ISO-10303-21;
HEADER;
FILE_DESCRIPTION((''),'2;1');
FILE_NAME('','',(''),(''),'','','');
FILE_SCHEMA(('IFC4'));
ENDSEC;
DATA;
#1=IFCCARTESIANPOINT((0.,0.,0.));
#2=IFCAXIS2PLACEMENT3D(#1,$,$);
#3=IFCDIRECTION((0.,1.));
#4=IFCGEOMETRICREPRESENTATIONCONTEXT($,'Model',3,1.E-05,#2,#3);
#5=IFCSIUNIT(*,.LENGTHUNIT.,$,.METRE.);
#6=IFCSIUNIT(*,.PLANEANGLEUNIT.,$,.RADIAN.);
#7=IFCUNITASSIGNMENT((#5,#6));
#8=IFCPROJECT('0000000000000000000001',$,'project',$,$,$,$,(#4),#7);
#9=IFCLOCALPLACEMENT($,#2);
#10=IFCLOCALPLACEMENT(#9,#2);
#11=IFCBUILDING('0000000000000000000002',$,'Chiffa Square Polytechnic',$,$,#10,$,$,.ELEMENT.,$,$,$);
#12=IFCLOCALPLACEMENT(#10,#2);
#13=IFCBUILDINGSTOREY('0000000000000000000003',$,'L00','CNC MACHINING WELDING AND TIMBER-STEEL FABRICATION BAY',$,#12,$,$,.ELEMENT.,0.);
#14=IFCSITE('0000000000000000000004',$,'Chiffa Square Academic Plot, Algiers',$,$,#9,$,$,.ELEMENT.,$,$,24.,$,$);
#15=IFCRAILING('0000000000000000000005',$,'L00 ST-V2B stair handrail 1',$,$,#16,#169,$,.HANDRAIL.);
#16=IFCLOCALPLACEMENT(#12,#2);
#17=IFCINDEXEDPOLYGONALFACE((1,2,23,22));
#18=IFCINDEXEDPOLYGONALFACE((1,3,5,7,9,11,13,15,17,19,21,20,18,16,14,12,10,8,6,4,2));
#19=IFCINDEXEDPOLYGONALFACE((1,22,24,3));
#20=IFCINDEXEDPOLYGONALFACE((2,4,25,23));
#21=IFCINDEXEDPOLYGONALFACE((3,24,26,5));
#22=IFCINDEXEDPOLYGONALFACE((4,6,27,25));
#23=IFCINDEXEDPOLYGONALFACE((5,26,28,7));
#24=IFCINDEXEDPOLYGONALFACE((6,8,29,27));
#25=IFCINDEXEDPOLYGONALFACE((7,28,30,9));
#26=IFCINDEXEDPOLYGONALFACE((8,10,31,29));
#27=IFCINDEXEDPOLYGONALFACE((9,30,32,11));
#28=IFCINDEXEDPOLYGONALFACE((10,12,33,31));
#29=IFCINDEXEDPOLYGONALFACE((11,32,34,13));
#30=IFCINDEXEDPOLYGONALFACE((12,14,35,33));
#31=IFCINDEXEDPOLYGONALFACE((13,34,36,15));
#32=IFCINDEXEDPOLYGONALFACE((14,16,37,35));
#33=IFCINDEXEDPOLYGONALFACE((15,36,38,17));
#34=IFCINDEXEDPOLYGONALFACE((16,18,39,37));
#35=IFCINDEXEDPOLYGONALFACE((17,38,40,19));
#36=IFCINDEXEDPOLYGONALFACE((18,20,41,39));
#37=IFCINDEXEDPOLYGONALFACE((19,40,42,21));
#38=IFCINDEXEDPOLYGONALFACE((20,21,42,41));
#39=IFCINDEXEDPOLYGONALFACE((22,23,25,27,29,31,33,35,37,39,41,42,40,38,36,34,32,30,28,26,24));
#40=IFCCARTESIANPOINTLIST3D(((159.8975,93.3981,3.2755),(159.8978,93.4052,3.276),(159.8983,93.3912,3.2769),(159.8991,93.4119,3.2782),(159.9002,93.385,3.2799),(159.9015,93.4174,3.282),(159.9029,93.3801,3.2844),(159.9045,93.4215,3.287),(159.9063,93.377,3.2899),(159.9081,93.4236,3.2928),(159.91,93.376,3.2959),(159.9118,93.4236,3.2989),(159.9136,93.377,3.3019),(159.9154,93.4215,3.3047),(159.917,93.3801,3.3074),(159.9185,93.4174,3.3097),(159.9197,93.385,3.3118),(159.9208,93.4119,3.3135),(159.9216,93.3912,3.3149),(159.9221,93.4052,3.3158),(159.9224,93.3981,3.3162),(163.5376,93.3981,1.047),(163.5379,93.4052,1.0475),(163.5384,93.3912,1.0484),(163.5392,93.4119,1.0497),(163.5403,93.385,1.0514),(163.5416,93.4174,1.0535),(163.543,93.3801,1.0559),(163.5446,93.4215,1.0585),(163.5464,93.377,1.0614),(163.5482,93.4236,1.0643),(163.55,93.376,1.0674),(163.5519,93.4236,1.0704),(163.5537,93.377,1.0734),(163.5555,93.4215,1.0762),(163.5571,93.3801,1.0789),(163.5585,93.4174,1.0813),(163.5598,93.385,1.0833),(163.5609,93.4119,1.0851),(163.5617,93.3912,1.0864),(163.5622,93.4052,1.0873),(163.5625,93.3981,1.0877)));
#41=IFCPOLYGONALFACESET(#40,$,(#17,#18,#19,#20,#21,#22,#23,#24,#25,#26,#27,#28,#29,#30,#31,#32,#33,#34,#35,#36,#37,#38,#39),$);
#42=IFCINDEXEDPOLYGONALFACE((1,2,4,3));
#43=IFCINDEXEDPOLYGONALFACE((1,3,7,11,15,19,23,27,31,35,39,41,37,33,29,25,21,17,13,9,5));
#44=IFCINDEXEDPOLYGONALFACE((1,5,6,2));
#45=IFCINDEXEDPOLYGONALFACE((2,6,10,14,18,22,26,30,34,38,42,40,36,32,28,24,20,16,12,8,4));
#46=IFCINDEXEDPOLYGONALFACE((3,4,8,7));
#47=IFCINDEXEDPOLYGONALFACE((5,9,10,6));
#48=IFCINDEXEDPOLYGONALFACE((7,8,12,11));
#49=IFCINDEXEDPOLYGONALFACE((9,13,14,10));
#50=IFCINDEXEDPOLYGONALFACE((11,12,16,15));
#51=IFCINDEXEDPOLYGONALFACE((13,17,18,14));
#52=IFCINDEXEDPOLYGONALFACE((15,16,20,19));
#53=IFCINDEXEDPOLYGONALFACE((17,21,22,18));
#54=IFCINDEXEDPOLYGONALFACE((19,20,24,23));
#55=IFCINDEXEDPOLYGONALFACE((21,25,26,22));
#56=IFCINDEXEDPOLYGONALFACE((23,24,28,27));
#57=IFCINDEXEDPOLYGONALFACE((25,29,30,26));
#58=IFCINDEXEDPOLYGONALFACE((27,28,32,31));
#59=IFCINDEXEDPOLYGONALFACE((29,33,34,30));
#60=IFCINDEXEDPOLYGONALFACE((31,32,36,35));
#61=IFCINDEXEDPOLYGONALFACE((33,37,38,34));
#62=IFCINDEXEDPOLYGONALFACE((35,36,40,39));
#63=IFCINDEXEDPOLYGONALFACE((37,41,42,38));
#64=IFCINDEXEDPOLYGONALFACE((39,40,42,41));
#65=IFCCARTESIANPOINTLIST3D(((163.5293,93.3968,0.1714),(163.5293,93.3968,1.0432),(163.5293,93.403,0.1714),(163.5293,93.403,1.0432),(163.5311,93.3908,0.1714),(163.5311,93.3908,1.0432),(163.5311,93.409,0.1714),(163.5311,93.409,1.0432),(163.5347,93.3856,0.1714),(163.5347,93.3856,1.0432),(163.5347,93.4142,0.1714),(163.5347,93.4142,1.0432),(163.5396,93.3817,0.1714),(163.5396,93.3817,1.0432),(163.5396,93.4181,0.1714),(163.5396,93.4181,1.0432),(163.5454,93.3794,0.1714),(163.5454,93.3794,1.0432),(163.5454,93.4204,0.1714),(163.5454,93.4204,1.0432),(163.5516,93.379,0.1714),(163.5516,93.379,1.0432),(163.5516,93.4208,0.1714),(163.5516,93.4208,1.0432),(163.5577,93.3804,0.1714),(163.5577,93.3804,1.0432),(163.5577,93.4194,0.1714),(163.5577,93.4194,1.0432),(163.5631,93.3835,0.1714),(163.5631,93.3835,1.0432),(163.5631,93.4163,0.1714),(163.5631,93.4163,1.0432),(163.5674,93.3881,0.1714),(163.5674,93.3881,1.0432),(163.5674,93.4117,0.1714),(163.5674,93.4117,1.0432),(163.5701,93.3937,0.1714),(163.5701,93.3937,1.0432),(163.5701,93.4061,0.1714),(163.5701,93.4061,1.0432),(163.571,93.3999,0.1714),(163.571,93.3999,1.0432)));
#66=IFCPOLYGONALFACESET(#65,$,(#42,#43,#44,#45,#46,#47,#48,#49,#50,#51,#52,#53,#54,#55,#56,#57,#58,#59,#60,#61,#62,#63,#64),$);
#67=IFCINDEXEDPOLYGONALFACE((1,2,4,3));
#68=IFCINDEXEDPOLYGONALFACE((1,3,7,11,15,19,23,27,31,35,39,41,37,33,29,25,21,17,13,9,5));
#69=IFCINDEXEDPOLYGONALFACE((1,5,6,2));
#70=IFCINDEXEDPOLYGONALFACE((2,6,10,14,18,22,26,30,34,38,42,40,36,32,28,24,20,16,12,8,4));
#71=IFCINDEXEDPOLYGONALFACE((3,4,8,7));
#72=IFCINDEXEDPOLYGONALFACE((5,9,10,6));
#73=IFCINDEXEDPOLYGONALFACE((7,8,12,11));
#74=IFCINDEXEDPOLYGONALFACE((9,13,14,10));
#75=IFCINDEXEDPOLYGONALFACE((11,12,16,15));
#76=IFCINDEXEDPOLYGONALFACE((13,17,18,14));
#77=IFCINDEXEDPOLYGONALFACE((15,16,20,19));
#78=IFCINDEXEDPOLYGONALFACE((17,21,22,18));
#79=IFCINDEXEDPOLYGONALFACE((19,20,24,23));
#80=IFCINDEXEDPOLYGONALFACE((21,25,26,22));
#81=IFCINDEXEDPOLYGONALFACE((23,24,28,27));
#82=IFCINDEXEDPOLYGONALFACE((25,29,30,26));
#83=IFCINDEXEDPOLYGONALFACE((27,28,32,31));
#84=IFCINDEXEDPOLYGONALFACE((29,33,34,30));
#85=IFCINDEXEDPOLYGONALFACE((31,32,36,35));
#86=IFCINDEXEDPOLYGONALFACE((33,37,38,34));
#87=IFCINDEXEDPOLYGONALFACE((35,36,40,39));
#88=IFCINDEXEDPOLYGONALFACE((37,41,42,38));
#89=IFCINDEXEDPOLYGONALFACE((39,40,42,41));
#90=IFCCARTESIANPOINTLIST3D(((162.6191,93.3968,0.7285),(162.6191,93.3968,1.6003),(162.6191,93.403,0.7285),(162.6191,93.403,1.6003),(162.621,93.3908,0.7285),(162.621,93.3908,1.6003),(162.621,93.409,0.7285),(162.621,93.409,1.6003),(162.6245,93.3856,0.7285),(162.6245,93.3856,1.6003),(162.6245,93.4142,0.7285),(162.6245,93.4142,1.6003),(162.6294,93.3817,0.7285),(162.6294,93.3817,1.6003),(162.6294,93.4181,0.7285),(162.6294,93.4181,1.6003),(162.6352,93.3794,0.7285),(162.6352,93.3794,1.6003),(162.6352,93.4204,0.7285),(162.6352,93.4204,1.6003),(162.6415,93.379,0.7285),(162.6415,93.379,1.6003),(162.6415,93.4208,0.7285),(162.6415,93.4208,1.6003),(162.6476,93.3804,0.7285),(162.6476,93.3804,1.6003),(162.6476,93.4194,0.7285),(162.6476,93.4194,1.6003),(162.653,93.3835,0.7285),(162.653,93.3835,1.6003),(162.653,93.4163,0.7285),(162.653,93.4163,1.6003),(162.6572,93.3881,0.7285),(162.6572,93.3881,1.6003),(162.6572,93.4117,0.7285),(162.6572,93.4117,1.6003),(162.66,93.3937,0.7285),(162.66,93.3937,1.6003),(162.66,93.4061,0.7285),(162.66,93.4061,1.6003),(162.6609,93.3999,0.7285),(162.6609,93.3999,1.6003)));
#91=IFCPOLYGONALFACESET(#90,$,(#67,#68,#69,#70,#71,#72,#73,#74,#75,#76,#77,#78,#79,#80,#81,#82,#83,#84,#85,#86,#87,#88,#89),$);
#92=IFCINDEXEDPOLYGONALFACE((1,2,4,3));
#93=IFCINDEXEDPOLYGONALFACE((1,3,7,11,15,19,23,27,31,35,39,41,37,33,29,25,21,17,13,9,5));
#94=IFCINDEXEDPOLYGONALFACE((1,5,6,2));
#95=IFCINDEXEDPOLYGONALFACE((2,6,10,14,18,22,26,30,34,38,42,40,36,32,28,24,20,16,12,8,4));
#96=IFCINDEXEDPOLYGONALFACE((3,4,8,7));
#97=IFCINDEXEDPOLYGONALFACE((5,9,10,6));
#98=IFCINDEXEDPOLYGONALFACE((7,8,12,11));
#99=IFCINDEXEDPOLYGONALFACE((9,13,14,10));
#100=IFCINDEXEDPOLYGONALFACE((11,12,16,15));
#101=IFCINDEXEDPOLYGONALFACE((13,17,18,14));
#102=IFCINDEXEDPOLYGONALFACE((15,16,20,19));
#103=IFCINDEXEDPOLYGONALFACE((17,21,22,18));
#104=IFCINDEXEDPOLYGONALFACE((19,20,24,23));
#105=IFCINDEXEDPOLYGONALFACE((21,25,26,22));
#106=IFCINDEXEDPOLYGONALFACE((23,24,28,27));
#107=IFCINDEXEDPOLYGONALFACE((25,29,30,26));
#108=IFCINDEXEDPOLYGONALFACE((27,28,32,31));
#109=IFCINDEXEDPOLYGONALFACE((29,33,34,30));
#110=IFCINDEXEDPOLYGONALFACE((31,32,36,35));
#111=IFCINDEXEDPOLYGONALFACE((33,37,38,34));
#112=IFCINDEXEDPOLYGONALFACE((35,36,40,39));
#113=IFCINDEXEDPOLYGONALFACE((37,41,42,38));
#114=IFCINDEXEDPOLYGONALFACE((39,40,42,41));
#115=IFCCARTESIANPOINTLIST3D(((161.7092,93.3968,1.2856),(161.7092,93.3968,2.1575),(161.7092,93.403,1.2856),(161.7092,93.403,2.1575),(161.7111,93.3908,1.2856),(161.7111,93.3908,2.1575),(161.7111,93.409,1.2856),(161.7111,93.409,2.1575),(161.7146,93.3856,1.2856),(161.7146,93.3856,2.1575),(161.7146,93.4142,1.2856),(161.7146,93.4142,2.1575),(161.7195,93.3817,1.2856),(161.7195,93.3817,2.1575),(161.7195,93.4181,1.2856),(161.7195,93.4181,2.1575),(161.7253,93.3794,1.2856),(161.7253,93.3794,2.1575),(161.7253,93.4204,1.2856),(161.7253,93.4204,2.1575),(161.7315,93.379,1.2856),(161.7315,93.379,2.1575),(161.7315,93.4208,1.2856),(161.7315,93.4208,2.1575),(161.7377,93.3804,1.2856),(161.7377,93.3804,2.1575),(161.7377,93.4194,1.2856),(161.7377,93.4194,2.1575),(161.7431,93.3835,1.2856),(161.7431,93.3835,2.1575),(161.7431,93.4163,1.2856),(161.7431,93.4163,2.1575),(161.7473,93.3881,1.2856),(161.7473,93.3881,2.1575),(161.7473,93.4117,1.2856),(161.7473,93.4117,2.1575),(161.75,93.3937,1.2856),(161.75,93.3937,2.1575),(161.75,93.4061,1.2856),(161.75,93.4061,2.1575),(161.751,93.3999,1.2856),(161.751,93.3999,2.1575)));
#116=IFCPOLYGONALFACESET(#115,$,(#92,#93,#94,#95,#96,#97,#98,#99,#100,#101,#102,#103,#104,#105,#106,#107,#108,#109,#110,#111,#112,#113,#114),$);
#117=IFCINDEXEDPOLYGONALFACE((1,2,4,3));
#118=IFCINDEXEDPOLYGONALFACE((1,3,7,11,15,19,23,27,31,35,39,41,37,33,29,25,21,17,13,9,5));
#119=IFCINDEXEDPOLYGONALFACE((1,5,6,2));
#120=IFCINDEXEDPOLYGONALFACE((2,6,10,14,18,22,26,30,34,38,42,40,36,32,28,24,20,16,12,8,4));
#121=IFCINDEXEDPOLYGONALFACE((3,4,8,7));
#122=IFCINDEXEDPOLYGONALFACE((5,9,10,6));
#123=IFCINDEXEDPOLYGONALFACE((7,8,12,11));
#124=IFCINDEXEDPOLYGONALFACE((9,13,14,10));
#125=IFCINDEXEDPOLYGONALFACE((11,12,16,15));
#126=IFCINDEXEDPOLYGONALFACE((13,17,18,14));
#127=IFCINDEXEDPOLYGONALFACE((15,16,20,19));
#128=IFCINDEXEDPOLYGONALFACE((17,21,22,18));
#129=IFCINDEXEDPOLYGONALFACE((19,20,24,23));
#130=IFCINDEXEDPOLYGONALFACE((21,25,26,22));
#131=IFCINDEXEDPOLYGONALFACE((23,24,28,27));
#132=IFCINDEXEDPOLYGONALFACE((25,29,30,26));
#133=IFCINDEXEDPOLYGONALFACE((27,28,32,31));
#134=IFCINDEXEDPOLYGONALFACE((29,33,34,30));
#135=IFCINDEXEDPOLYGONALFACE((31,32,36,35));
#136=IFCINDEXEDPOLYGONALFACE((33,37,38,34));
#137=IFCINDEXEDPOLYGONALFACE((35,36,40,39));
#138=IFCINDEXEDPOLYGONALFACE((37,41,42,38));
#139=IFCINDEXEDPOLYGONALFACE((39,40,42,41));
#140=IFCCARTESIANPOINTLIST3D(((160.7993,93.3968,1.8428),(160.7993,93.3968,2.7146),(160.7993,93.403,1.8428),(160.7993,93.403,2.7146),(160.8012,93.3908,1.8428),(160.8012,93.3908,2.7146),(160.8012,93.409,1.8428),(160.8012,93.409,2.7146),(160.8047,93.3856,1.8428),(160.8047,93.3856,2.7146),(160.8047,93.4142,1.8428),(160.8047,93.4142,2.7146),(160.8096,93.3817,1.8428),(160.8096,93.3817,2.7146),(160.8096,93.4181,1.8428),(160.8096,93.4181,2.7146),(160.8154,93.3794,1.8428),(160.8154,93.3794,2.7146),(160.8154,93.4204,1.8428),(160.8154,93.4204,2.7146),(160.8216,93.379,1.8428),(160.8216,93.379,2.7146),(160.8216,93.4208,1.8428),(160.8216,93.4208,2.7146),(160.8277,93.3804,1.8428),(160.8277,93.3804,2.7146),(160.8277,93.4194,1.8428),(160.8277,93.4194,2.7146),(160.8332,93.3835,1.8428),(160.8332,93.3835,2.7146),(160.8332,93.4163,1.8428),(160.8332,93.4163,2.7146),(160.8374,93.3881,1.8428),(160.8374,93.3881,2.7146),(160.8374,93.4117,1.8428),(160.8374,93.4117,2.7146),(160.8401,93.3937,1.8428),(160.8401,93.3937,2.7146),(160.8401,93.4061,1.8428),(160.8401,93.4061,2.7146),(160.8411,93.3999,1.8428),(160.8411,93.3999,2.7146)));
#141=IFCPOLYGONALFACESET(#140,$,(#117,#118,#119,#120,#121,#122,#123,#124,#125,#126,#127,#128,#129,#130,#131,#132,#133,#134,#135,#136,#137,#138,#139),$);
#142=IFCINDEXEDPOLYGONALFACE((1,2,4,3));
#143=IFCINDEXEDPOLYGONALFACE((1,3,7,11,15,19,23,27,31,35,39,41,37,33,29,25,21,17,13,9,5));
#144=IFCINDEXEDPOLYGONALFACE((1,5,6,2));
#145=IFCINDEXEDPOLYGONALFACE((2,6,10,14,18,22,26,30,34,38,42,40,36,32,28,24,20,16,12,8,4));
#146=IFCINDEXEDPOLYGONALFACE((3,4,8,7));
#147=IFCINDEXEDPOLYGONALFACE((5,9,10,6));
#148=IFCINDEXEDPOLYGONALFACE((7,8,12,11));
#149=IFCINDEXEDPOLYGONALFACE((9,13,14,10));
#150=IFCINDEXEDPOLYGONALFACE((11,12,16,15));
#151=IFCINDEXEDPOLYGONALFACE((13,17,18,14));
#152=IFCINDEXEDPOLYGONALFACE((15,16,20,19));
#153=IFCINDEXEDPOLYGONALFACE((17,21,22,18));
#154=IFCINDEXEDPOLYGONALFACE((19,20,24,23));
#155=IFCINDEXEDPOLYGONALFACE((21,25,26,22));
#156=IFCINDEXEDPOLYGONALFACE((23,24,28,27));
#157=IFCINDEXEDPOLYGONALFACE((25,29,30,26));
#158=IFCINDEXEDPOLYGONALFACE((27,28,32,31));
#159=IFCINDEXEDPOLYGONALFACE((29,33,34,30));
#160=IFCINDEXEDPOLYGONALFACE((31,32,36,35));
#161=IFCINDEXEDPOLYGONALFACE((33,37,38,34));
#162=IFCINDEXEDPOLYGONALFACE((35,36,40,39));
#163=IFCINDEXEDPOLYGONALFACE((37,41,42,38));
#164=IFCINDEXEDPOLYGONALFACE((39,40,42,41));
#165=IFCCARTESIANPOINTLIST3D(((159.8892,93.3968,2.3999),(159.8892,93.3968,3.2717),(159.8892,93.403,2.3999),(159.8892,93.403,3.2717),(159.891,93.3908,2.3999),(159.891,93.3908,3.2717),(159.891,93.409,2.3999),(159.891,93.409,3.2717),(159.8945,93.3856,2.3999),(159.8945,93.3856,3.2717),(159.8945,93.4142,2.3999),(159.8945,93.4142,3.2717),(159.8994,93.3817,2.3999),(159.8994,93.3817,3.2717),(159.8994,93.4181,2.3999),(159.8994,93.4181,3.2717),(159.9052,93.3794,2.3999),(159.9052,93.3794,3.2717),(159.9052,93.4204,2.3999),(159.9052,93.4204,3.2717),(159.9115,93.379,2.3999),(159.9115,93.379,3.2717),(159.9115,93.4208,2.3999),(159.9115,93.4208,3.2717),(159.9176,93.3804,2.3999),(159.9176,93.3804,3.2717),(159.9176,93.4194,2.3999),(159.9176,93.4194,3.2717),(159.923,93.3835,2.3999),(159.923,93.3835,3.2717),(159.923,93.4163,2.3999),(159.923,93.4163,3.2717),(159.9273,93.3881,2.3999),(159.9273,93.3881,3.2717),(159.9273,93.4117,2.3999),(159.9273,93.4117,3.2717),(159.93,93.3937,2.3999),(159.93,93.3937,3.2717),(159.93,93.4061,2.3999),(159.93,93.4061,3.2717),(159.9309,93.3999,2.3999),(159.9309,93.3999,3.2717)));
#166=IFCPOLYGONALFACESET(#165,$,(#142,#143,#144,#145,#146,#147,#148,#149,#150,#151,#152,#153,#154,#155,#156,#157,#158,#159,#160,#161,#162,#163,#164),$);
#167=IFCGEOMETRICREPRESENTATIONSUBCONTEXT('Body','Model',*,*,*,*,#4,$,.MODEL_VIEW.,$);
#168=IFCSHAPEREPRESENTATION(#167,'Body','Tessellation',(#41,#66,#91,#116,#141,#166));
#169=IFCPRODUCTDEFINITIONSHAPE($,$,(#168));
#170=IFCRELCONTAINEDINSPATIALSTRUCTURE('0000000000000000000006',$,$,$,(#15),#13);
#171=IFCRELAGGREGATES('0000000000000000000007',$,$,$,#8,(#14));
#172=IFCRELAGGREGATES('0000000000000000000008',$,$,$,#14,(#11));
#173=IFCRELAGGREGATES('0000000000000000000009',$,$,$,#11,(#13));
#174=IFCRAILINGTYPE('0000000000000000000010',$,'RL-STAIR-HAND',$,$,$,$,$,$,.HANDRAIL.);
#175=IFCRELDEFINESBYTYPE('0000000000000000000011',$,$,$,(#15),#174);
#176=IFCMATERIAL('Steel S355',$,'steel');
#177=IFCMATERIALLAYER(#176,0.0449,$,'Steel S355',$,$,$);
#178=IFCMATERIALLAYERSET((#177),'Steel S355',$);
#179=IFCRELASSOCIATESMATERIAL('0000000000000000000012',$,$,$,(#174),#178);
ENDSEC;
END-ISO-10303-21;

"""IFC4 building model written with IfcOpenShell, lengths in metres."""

from ifc_helpers import new_model, si_unit, direction, frame, origin, origin_2d, place, context, subcontext, project, spatial, circle, extrude, material, layer, layer_set, type_object, element, save


model = new_model("IFC4")

# Units and contexts
model_context = context("Model", 3, precision=1e-05, world=origin(), true_north=direction((0.0, 1.0)))
body_context = subcontext(model_context, "Body", "Model", "MODEL_VIEW")
ifc_project = project(units=[si_unit("LENGTHUNIT", "METRE"), si_unit("PLANEANGLEUNIT", "RADIAN")], contexts=[model_context])

# Site, building, storey
site_placement = place(None, origin())
site = spatial("IfcSite", under=ifc_project, at=site_placement, Name="Chiffa Square Academic Plot, Algiers", CompositionType="ELEMENT", RefElevation=24.0)
building_placement = place(site_placement, origin())
building = spatial("IfcBuilding", under=site, at=building_placement, Name="Chiffa Square Polytechnic", CompositionType="ELEMENT")
storey_placement = place(building_placement, origin())
storey = spatial("IfcBuildingStorey", under=building, at=storey_placement, Name="L00", Description="CNC MACHINING WELDING AND TIMBER-STEEL FABRICATION BAY", CompositionType="ELEMENT", Elevation=0.0)

# Railing
ifc_material_1 = material(Name="Steel S355", Category="steel")
ifc_layer_1 = layer(ifc_material_1, 0.0449, Name="Steel S355")
ifc_layer_set_1 = layer_set([ifc_layer_1], Name="Steel S355")
railing_type_1 = type_object("IfcRailingType", Name="RL-STAIR-HAND", PredefinedType="HANDRAIL", material=ifc_layer_set_1)
railing_1_placement = place(storey_placement, frame((163.55, 93.3999, 0.1714)))
element("IfcRailing", 1, at=railing_1_placement, inside=storey, type_object=railing_type_1, Name="L00 ST-V2B stair handrail 1", PredefinedType="HANDRAIL", context=body_context, shape_type="SweptSolid", body=[
    extrude(circle(Radius=0.0239, at=origin_2d()), frame((0.0, 0.0, 0.896), z_axis=(-0.852866, 0.0, 0.52213), x_axis=(0.0, -1.0, 0.0)), (0.0, 0.0, 1.0), 4.2681),
    extrude(circle(Radius=0.021, at=origin_2d()), origin(), (0.0, 0.0, 1.0), 0.8718),
    extrude(circle(Radius=0.021, at=origin_2d()), frame((-0.9102, 0.0, 0.5571)), (0.0, 0.0, 1.0), 0.8718),
    extrude(circle(Radius=0.021, at=origin_2d()), frame((-1.8201, 0.0, 1.1143)), (0.0, 0.0, 1.0), 0.8718),
    extrude(circle(Radius=0.021, at=origin_2d()), frame((-2.73, 0.0, 1.6714)), (0.0, 0.0, 1.0), 0.8718),
    extrude(circle(Radius=0.021, at=origin_2d()), frame((-3.6401, 0.0, 2.2285)), (0.0, 0.0, 1.0), 0.8718),
])

save(model, "model.ifc")
